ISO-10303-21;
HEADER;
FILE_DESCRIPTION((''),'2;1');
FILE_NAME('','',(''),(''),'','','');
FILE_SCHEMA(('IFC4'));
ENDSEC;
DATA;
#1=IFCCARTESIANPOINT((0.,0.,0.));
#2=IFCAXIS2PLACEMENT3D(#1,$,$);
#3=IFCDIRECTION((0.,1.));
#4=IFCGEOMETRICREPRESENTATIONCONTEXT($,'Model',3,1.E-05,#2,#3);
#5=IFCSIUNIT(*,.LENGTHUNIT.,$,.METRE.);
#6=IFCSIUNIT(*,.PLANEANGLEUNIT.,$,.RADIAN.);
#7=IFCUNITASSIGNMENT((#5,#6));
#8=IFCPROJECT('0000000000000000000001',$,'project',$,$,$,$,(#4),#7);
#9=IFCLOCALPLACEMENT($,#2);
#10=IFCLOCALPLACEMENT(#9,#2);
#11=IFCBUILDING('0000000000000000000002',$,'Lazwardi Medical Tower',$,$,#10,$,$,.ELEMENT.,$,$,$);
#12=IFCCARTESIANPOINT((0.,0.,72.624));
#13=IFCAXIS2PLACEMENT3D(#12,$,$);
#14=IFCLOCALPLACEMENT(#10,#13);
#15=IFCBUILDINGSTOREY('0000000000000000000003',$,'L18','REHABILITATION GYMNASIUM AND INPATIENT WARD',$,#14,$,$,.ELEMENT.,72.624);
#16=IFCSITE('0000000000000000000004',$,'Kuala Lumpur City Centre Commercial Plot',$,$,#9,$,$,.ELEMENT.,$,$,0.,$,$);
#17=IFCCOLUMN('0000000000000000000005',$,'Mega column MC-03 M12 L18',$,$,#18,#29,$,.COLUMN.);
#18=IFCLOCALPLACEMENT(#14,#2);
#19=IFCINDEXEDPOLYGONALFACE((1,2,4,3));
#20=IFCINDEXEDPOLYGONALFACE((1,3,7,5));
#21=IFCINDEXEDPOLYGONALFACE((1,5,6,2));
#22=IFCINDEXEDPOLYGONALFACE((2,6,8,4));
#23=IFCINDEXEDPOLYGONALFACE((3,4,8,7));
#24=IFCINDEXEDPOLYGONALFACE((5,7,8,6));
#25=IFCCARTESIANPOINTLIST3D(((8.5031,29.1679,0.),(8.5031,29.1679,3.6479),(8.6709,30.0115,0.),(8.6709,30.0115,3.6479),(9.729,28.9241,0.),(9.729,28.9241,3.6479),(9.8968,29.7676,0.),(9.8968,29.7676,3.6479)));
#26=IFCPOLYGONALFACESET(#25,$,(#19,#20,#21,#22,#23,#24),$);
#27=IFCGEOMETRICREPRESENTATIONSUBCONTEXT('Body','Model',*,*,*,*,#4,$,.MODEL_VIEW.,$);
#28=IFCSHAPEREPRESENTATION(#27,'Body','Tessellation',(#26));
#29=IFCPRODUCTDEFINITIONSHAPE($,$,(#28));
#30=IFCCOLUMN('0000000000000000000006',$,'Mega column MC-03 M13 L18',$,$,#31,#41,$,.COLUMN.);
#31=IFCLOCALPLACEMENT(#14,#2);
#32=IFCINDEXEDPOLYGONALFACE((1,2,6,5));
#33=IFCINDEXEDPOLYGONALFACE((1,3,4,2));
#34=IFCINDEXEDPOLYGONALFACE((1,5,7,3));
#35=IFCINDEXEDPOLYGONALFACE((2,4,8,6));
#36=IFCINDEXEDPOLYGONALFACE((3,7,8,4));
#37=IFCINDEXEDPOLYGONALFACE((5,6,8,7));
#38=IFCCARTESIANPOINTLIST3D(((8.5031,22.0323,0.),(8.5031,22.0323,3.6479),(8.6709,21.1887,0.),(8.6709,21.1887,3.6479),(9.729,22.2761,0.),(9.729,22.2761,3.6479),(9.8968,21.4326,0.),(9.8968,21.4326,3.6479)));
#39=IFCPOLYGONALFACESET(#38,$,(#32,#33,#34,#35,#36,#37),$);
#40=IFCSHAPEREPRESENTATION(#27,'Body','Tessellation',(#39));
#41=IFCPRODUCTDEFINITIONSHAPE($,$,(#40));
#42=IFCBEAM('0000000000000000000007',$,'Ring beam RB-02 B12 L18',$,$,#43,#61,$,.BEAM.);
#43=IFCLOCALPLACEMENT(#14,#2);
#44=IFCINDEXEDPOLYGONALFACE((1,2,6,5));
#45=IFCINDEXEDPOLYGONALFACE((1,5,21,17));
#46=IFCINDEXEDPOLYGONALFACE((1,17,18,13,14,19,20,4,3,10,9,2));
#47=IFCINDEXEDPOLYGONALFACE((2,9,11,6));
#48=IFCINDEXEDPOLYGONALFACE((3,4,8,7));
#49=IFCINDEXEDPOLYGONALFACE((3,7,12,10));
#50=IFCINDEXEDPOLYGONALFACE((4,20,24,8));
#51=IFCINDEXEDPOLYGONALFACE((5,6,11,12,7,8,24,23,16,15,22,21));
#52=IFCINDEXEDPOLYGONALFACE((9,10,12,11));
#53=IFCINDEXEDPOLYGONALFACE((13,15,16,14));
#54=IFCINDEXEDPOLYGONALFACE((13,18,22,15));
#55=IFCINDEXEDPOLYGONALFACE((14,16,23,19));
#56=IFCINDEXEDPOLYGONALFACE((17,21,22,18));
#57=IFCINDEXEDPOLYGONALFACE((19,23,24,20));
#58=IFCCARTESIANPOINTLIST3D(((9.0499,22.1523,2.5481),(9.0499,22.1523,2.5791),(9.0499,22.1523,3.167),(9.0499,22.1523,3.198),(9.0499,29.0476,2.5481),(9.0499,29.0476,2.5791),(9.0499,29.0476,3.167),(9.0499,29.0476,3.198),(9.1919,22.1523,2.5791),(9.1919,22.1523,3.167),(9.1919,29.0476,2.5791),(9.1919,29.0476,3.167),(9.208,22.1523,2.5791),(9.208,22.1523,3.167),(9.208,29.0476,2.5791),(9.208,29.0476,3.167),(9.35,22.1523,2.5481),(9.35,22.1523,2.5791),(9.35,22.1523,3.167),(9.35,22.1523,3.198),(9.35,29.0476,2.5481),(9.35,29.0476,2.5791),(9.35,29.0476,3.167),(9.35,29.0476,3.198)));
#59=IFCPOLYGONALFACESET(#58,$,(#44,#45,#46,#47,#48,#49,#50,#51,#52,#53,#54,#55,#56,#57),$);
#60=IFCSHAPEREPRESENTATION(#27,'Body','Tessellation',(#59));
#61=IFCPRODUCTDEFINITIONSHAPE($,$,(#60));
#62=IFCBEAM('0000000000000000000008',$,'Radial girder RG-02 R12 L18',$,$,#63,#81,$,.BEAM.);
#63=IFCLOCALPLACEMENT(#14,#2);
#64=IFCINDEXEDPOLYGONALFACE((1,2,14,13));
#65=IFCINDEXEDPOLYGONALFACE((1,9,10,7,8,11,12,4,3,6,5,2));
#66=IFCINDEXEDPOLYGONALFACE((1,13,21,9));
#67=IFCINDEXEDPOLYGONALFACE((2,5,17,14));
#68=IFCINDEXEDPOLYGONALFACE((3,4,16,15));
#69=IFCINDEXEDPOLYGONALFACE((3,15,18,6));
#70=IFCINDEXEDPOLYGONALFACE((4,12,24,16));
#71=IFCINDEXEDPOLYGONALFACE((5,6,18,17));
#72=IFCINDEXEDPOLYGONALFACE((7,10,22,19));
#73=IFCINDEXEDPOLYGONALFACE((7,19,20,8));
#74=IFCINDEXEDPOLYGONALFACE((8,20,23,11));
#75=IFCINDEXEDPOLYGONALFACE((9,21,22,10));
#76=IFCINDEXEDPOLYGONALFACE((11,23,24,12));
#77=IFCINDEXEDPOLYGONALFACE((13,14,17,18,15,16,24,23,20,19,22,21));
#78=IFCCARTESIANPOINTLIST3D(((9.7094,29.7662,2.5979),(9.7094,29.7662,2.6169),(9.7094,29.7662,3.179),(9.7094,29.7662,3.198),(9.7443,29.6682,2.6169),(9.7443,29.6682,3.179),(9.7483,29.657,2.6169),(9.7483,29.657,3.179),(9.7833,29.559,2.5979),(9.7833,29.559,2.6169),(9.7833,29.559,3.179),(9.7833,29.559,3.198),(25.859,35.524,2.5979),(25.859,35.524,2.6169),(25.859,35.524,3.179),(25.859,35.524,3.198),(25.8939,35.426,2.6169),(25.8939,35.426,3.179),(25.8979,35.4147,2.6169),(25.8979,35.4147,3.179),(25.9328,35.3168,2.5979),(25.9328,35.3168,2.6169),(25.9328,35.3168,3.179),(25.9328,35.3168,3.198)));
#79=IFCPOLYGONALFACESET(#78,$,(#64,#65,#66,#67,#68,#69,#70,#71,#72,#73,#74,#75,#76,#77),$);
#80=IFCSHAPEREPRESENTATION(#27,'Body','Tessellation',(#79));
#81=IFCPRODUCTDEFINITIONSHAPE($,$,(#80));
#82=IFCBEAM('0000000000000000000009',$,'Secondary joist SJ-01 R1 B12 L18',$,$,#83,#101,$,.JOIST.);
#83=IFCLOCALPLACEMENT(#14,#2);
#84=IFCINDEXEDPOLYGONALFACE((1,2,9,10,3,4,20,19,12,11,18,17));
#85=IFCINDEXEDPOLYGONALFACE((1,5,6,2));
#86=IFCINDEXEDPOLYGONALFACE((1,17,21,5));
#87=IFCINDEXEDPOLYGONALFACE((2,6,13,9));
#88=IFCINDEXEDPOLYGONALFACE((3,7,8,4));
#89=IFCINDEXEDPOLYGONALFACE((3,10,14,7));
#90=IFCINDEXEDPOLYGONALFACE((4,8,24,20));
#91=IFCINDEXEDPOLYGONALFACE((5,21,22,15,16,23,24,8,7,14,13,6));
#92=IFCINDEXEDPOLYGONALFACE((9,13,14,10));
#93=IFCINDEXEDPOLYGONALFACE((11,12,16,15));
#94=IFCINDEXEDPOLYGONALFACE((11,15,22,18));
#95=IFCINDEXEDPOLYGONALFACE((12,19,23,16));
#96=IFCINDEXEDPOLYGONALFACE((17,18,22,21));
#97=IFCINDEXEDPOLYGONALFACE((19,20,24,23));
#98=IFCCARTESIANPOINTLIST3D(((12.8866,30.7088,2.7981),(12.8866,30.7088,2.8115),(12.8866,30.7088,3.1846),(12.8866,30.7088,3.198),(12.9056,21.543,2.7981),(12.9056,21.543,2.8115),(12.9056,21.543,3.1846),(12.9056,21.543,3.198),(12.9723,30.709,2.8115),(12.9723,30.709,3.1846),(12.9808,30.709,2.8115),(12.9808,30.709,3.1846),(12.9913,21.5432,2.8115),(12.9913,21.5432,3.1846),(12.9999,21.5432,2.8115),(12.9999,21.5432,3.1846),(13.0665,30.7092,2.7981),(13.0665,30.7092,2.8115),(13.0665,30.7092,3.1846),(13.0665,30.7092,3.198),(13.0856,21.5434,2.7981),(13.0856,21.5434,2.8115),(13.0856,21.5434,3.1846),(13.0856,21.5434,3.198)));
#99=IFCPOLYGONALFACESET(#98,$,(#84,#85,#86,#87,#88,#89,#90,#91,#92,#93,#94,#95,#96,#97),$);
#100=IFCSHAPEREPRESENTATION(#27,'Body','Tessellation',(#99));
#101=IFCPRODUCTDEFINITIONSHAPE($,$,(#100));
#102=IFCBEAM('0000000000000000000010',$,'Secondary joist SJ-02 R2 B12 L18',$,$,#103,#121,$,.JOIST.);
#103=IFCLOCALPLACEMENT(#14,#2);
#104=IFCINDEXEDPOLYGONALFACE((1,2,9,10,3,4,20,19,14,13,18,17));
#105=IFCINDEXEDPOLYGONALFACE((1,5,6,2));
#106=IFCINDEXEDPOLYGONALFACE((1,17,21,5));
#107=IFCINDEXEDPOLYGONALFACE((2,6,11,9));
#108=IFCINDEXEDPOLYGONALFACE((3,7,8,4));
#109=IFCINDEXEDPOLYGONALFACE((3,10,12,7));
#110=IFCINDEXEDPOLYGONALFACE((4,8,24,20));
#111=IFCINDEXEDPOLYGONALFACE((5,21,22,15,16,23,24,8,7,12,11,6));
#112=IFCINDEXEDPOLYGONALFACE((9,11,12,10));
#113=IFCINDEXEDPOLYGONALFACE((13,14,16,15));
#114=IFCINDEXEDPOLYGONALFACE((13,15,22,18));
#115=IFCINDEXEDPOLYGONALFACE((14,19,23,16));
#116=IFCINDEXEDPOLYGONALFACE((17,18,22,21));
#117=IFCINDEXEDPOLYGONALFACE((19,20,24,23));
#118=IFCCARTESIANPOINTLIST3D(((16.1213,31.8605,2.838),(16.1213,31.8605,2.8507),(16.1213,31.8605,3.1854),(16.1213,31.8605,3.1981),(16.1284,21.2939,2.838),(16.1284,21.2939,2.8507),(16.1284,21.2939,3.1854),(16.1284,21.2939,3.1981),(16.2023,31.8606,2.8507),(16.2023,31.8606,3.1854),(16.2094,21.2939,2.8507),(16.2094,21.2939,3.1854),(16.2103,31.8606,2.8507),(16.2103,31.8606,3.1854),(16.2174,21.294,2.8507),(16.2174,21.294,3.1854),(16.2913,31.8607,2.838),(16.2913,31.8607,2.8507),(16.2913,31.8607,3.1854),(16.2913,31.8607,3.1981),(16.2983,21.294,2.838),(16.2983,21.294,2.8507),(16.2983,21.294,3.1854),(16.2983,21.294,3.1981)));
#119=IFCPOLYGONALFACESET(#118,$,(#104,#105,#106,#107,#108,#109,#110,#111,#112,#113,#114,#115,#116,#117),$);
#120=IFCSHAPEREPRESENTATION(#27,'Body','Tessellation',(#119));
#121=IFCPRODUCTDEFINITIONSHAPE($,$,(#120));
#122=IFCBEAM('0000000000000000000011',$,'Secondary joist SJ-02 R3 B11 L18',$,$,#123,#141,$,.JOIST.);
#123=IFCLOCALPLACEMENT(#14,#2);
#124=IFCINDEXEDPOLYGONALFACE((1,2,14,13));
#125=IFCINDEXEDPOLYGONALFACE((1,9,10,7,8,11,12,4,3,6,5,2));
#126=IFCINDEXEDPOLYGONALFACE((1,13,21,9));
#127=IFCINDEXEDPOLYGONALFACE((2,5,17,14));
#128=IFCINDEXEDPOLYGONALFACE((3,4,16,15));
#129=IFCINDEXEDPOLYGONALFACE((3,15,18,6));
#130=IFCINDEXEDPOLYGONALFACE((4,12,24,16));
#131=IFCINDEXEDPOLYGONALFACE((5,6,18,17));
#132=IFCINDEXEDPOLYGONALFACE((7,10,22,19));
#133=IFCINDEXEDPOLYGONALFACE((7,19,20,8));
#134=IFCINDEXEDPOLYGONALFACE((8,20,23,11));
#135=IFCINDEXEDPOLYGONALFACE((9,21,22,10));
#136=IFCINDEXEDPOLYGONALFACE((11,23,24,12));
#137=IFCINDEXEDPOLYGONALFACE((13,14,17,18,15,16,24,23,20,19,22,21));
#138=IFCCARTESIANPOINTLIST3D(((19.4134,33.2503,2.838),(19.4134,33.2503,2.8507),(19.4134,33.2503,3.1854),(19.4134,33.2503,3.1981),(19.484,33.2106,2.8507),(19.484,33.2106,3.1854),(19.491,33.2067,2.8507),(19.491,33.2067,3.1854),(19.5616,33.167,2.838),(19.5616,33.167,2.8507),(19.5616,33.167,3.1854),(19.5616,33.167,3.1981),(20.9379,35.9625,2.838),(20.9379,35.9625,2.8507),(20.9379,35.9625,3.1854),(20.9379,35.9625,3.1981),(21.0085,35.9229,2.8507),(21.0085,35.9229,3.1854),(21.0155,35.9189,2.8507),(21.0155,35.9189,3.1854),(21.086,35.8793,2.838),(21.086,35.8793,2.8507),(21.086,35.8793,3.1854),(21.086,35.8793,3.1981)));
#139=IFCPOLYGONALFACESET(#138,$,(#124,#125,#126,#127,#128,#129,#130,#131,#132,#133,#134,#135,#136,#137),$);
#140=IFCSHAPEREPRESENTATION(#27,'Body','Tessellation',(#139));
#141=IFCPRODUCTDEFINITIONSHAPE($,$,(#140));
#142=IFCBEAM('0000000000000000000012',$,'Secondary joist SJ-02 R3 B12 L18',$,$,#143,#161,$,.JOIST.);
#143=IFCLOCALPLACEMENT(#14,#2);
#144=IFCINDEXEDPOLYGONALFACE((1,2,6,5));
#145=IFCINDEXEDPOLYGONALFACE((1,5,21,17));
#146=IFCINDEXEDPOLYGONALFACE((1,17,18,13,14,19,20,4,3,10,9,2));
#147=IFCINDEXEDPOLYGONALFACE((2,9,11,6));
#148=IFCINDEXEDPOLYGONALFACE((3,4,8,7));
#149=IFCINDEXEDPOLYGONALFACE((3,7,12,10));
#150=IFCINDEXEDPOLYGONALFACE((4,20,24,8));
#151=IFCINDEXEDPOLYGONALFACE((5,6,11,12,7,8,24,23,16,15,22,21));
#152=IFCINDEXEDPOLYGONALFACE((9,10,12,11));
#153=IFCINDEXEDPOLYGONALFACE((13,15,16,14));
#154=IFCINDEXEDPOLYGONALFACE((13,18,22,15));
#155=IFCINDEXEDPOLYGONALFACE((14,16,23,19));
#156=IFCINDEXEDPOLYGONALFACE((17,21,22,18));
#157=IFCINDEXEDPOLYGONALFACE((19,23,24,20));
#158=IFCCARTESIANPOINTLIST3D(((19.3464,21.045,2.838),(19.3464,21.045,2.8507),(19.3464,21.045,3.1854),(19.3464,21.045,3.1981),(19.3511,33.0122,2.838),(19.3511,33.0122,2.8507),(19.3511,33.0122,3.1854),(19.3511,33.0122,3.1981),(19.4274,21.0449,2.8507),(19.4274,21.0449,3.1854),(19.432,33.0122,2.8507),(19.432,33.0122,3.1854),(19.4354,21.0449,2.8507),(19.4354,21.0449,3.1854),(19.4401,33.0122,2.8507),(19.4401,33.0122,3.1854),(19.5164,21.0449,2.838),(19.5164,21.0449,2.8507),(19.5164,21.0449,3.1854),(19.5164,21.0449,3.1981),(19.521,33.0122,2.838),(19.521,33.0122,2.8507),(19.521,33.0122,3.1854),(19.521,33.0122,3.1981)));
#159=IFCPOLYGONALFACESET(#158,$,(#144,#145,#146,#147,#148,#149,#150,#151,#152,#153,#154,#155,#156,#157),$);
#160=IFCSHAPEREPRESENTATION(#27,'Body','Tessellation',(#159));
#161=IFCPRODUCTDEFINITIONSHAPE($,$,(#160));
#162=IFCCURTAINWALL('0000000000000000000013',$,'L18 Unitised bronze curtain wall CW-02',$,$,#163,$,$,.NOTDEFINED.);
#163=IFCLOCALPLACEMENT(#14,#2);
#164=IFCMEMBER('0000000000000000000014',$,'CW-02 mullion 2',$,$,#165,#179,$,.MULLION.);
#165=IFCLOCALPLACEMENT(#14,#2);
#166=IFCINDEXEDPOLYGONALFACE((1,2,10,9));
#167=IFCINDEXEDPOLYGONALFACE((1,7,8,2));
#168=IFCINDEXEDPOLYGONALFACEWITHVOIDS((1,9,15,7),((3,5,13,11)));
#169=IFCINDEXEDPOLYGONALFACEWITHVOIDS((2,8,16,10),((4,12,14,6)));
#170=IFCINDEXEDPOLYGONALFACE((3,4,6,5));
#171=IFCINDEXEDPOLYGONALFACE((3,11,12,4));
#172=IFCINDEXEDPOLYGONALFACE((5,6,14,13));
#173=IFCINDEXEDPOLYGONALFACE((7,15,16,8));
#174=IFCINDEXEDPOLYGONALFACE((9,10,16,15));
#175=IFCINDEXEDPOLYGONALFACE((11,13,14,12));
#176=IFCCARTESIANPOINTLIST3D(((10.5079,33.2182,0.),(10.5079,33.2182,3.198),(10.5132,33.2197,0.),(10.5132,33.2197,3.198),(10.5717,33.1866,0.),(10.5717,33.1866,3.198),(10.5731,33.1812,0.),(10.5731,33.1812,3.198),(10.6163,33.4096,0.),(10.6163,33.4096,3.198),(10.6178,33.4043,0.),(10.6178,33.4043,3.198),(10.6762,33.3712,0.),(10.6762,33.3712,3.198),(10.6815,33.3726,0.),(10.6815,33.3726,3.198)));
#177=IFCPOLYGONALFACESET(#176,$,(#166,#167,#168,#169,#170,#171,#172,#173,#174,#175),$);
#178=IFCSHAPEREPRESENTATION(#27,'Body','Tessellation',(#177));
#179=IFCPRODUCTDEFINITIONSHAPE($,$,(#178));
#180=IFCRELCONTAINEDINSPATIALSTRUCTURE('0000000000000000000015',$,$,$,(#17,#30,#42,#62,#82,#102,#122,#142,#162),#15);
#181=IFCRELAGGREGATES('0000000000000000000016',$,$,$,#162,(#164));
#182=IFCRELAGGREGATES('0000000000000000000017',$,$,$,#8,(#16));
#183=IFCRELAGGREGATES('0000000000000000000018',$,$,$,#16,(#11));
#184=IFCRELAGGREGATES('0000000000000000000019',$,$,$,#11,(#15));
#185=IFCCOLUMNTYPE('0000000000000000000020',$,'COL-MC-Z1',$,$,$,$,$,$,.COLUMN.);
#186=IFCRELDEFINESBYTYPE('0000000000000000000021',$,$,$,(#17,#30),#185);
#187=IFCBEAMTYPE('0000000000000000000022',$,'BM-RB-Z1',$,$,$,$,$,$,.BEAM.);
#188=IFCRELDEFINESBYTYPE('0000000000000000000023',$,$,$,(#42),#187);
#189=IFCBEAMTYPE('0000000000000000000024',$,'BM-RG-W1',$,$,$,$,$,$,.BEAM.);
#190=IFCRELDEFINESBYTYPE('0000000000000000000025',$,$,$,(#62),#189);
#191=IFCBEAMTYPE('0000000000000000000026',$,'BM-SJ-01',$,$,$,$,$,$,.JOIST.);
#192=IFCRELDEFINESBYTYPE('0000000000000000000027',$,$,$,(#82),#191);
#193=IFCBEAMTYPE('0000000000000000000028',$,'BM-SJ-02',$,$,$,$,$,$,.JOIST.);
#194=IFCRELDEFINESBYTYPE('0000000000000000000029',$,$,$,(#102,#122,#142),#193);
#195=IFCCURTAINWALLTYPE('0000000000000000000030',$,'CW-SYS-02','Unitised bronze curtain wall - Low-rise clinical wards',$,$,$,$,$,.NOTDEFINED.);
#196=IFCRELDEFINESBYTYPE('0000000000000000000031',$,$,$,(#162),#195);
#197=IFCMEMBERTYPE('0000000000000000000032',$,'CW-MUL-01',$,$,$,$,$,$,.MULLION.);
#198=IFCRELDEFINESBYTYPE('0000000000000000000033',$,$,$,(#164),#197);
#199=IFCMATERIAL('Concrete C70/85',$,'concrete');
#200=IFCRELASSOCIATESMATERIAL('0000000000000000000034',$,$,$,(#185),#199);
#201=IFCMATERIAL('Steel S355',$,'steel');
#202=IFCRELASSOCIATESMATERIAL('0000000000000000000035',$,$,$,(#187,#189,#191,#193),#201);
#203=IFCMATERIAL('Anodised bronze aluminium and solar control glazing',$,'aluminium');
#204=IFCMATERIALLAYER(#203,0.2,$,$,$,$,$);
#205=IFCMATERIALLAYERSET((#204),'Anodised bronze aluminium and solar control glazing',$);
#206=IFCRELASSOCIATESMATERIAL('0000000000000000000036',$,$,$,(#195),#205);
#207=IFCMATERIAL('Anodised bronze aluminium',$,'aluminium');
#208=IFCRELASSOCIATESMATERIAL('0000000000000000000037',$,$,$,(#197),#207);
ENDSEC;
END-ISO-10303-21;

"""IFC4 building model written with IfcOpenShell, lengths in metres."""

from ifc_helpers import new_model, si_unit, direction, frame, origin, origin_2d, place, context, subcontext, project, spatial, rectangle, hollow_rectangle, i_section, extrude, material, layer, layer_set, material_profile, profile_set, type_object, element, aggregate, save


model = new_model("IFC4")

# Units and contexts
model_context = context("Model", 3, precision=1e-05, world=origin(), true_north=direction((0.0, 1.0)))
body_context = subcontext(model_context, "Body", "Model", "MODEL_VIEW")
ifc_project = project(units=[si_unit("LENGTHUNIT", "METRE"), si_unit("PLANEANGLEUNIT", "RADIAN")], contexts=[model_context])

# Site, building, storey
site_placement = place(None, origin())
site = spatial("IfcSite", under=ifc_project, at=site_placement, Name="Kuala Lumpur City Centre Commercial Plot", CompositionType="ELEMENT", RefElevation=0.0)
building_placement = place(site_placement, origin())
building = spatial("IfcBuilding", under=site, at=building_placement, Name="Lazwardi Medical Tower", CompositionType="ELEMENT")
storey_placement = place(building_placement, frame((0.0, 0.0, 72.624)))
storey = spatial("IfcBuildingStorey", under=building, at=storey_placement, Name="L18", Description="REHABILITATION GYMNASIUM AND INPATIENT WARD", CompositionType="ELEMENT", Elevation=72.624)

# Columns
ifc_material_1 = material(Name="Concrete C70/85", Category="concrete")
ifc_material_profile_1 = material_profile(ifc_material_1, rectangle(XDim=1.25, YDim=0.8601, at=origin_2d()), Name="CFT-RECT 1250x860")
ifc_profile_set_1 = profile_set([ifc_material_profile_1], Name="Concrete C70/85")
column_type = type_object("IfcColumnType", Name="COL-MC-Z1", PredefinedType="COLUMN", material=ifc_profile_set_1)
for number, where, z_axis, x_axis, name in (
    (1, (9.2, 29.4678, 0.0), (0.0, 0.0, 1.0), (-0.980785, 0.19509, 0.0), "Mega column MC-03 M12 L18"),
    (2, (9.2, 21.7324, 0.0), (0.0, 0.0, 1.0), (-0.980785, -0.19509, 0.0), "Mega column MC-03 M13 L18"),
):
    element("IfcColumn", number, at=place(storey_placement, frame(where, z_axis=z_axis, x_axis=x_axis)), inside=storey, type_object=column_type, Name=name, PredefinedType="COLUMN", context=body_context, shape_type="SweptSolid", body=[
        extrude(rectangle(XDim=1.25, YDim=0.8601, at=origin_2d()), origin(), (0.0, 0.0, 1.0), 3.6479),
    ])

# Beams
ifc_material_2 = material(Name="Steel S355", Category="steel")
ifc_material_profile_2 = material_profile(ifc_material_2, i_section(OverallWidth=0.3, OverallDepth=0.6499, WebThickness=0.0161, FlangeThickness=0.031, at=origin_2d()), Name="HEB 650")
ifc_profile_set_2 = profile_set([ifc_material_profile_2], Name="Steel S355")
beam_type_1 = type_object("IfcBeamType", Name="BM-RB-Z1", PredefinedType="BEAM", material=ifc_profile_set_2)
beam_1_placement = place(storey_placement, frame((9.2, 29.0476, 2.873), z_axis=(0.0, -1.0, 0.0), x_axis=(1.0, 0.0, 0.0)))
element("IfcBeam", 3, at=beam_1_placement, inside=storey, type_object=beam_type_1, Name="Ring beam RB-02 B12 L18", PredefinedType="BEAM", context=body_context, shape_type="SweptSolid", body=[
    extrude(i_section(OverallWidth=0.3, OverallDepth=0.6499, WebThickness=0.0161, FlangeThickness=0.031, at=origin_2d()), origin(), (0.0, 0.0, 1.0), 6.8953),
])
ifc_material_profile_3 = material_profile(ifc_material_2, i_section(OverallWidth=0.22, OverallDepth=0.6001, WebThickness=0.012, FlangeThickness=0.019, at=origin_2d()), Name="IPE 600")
ifc_profile_set_3 = profile_set([ifc_material_profile_3], Name="Steel S355")
beam_type_2 = type_object("IfcBeamType", Name="BM-RG-W1", PredefinedType="BEAM", material=ifc_profile_set_3)
beam_2_placement = place(storey_placement, frame((9.7463, 29.6626, 2.8979), z_axis=(0.941925, 0.335823, 0.0), x_axis=(-0.335823, 0.941925, 0.0)))
element("IfcBeam", 4, at=beam_2_placement, inside=storey, type_object=beam_type_2, Name="Radial girder RG-02 R12 L18", PredefinedType="BEAM", context=body_context, shape_type="SweptSolid", body=[
    extrude(i_section(OverallWidth=0.22, OverallDepth=0.6001, WebThickness=0.012, FlangeThickness=0.019, at=origin_2d()), origin(), (0.0, 0.0, 1.0), 17.1453),
])
ifc_material_profile_4 = material_profile(ifc_material_2, i_section(OverallWidth=0.1799, OverallDepth=0.3999, WebThickness=0.0085, FlangeThickness=0.0134, at=origin_2d()), Name="IPE 400")
ifc_profile_set_4 = profile_set([ifc_material_profile_4], Name="Steel S355")
beam_type_3 = type_object("IfcBeamType", Name="BM-SJ-01", PredefinedType="JOIST", material=ifc_profile_set_4)
beam_3_placement = place(storey_placement, frame((12.9766, 30.709, 2.998), z_axis=(0.002078, -0.999998, 0.0), x_axis=(0.999998, 0.002078, 0.0)))
element("IfcBeam", 5, at=beam_3_placement, inside=storey, type_object=beam_type_3, Name="Secondary joist SJ-01 R1 B12 L18", PredefinedType="JOIST", context=body_context, shape_type="SweptSolid", body=[
    extrude(i_section(OverallWidth=0.1799, OverallDepth=0.3999, WebThickness=0.0085, FlangeThickness=0.0134, at=origin_2d()), origin(), (0.0, 0.0, 1.0), 9.1658),
])
ifc_material_profile_5 = material_profile(ifc_material_2, i_section(OverallWidth=0.1699, OverallDepth=0.3601, WebThickness=0.0081, FlangeThickness=0.0127, at=origin_2d()), Name="IPE 360")
ifc_profile_set_5 = profile_set([ifc_material_profile_5], Name="Steel S355")
beam_type_4 = type_object("IfcBeamType", Name="BM-SJ-02", PredefinedType="JOIST", material=ifc_profile_set_5)
beam_4_placement = place(storey_placement, frame((16.2063, 31.8606, 3.0181), z_axis=(0.00067, -1.0, 0.0), x_axis=(1.0, 0.00067, 0.0)))
element("IfcBeam", 6, at=beam_4_placement, inside=storey, type_object=beam_type_4, Name="Secondary joist SJ-02 R2 B12 L18", PredefinedType="JOIST", context=body_context, shape_type="SweptSolid", body=[
    extrude(i_section(OverallWidth=0.1699, OverallDepth=0.3601, WebThickness=0.0081, FlangeThickness=0.0127, at=origin_2d()), origin(), (0.0, 0.0, 1.0), 10.5667),
])
beam_5_placement = place(storey_placement, frame((21.012, 35.9209, 3.0181), z_axis=(-0.489974, -0.871737, 0.0), x_axis=(0.871737, -0.489974, 0.0)))
element("IfcBeam", 7, at=beam_5_placement, inside=storey, type_object=beam_type_4, Name="Secondary joist SJ-02 R3 B11 L18", PredefinedType="JOIST", context=body_context, shape_type="SweptSolid", body=[
    extrude(i_section(OverallWidth=0.1699, OverallDepth=0.3601, WebThickness=0.0081, FlangeThickness=0.0127, at=origin_2d()), origin(), (0.0, 0.0, 1.0), 3.1113),
])
beam_6_placement = place(storey_placement, frame((19.436, 33.0122, 3.0181), z_axis=(-0.000388, -1.0, 0.0), x_axis=(1.0, -0.000388, 0.0)))
element("IfcBeam", 8, at=beam_6_placement, inside=storey, type_object=beam_type_4, Name="Secondary joist SJ-02 R3 B12 L18", PredefinedType="JOIST", context=body_context, shape_type="SweptSolid", body=[
    extrude(i_section(OverallWidth=0.1699, OverallDepth=0.3601, WebThickness=0.0081, FlangeThickness=0.0127, at=origin_2d()), origin(), (0.0, 0.0, 1.0), 11.9673),
])

# Curtain wall, member
ifc_material_3 = material(Name="Anodised bronze aluminium and solar control glazing", Category="aluminium")
ifc_layer_1 = layer(ifc_material_3, 0.2)
ifc_layer_set_1 = layer_set([ifc_layer_1], Name="Anodised bronze aluminium and solar control glazing")
curtain_wall_type = type_object("IfcCurtainWallType", Name="CW-SYS-02", Description="Unitised bronze curtain wall - Low-rise clinical wards", PredefinedType="NOTDEFINED", material=ifc_layer_set_1)
curtain_wall_1_placement = place(storey_placement, origin())
curtain_wall_1 = element("IfcCurtainWall", 9, at=curtain_wall_1_placement, inside=storey, type_object=curtain_wall_type, Name="L18 Unitised bronze curtain wall CW-02", PredefinedType="NOTDEFINED")
ifc_material_4 = material(Name="Anodised bronze aluminium", Category="aluminium")
ifc_material_profile_6 = material_profile(ifc_material_4, hollow_rectangle(XDim=0.075, YDim=0.22, WallThickness=0.0039, at=origin_2d()), Name="ALU-MULLION 220x75x4")
ifc_profile_set_6 = profile_set([ifc_material_profile_6], Name="Anodised bronze aluminium")
member_type_1 = type_object("IfcMemberType", Name="CW-MUL-01", PredefinedType="MULLION", material=ifc_profile_set_6)
member_1_placement = place(storey_placement, frame((10.5947, 33.2954, 0.0), z_axis=(0.0, 0.0, 1.0), x_axis=(0.870112, -0.492854, 0.0)))
member_1 = element("IfcMember", 10, at=member_1_placement, type_object=member_type_1, Name="CW-02 mullion 2", PredefinedType="MULLION", context=body_context, shape_type="SweptSolid", body=[
    extrude(hollow_rectangle(XDim=0.075, YDim=0.22, WallThickness=0.0039, at=origin_2d()), origin(), (0.0, 0.0, 1.0), 3.198),
])

aggregate(curtain_wall_1, [member_1])

save(model, "model.ifc")
